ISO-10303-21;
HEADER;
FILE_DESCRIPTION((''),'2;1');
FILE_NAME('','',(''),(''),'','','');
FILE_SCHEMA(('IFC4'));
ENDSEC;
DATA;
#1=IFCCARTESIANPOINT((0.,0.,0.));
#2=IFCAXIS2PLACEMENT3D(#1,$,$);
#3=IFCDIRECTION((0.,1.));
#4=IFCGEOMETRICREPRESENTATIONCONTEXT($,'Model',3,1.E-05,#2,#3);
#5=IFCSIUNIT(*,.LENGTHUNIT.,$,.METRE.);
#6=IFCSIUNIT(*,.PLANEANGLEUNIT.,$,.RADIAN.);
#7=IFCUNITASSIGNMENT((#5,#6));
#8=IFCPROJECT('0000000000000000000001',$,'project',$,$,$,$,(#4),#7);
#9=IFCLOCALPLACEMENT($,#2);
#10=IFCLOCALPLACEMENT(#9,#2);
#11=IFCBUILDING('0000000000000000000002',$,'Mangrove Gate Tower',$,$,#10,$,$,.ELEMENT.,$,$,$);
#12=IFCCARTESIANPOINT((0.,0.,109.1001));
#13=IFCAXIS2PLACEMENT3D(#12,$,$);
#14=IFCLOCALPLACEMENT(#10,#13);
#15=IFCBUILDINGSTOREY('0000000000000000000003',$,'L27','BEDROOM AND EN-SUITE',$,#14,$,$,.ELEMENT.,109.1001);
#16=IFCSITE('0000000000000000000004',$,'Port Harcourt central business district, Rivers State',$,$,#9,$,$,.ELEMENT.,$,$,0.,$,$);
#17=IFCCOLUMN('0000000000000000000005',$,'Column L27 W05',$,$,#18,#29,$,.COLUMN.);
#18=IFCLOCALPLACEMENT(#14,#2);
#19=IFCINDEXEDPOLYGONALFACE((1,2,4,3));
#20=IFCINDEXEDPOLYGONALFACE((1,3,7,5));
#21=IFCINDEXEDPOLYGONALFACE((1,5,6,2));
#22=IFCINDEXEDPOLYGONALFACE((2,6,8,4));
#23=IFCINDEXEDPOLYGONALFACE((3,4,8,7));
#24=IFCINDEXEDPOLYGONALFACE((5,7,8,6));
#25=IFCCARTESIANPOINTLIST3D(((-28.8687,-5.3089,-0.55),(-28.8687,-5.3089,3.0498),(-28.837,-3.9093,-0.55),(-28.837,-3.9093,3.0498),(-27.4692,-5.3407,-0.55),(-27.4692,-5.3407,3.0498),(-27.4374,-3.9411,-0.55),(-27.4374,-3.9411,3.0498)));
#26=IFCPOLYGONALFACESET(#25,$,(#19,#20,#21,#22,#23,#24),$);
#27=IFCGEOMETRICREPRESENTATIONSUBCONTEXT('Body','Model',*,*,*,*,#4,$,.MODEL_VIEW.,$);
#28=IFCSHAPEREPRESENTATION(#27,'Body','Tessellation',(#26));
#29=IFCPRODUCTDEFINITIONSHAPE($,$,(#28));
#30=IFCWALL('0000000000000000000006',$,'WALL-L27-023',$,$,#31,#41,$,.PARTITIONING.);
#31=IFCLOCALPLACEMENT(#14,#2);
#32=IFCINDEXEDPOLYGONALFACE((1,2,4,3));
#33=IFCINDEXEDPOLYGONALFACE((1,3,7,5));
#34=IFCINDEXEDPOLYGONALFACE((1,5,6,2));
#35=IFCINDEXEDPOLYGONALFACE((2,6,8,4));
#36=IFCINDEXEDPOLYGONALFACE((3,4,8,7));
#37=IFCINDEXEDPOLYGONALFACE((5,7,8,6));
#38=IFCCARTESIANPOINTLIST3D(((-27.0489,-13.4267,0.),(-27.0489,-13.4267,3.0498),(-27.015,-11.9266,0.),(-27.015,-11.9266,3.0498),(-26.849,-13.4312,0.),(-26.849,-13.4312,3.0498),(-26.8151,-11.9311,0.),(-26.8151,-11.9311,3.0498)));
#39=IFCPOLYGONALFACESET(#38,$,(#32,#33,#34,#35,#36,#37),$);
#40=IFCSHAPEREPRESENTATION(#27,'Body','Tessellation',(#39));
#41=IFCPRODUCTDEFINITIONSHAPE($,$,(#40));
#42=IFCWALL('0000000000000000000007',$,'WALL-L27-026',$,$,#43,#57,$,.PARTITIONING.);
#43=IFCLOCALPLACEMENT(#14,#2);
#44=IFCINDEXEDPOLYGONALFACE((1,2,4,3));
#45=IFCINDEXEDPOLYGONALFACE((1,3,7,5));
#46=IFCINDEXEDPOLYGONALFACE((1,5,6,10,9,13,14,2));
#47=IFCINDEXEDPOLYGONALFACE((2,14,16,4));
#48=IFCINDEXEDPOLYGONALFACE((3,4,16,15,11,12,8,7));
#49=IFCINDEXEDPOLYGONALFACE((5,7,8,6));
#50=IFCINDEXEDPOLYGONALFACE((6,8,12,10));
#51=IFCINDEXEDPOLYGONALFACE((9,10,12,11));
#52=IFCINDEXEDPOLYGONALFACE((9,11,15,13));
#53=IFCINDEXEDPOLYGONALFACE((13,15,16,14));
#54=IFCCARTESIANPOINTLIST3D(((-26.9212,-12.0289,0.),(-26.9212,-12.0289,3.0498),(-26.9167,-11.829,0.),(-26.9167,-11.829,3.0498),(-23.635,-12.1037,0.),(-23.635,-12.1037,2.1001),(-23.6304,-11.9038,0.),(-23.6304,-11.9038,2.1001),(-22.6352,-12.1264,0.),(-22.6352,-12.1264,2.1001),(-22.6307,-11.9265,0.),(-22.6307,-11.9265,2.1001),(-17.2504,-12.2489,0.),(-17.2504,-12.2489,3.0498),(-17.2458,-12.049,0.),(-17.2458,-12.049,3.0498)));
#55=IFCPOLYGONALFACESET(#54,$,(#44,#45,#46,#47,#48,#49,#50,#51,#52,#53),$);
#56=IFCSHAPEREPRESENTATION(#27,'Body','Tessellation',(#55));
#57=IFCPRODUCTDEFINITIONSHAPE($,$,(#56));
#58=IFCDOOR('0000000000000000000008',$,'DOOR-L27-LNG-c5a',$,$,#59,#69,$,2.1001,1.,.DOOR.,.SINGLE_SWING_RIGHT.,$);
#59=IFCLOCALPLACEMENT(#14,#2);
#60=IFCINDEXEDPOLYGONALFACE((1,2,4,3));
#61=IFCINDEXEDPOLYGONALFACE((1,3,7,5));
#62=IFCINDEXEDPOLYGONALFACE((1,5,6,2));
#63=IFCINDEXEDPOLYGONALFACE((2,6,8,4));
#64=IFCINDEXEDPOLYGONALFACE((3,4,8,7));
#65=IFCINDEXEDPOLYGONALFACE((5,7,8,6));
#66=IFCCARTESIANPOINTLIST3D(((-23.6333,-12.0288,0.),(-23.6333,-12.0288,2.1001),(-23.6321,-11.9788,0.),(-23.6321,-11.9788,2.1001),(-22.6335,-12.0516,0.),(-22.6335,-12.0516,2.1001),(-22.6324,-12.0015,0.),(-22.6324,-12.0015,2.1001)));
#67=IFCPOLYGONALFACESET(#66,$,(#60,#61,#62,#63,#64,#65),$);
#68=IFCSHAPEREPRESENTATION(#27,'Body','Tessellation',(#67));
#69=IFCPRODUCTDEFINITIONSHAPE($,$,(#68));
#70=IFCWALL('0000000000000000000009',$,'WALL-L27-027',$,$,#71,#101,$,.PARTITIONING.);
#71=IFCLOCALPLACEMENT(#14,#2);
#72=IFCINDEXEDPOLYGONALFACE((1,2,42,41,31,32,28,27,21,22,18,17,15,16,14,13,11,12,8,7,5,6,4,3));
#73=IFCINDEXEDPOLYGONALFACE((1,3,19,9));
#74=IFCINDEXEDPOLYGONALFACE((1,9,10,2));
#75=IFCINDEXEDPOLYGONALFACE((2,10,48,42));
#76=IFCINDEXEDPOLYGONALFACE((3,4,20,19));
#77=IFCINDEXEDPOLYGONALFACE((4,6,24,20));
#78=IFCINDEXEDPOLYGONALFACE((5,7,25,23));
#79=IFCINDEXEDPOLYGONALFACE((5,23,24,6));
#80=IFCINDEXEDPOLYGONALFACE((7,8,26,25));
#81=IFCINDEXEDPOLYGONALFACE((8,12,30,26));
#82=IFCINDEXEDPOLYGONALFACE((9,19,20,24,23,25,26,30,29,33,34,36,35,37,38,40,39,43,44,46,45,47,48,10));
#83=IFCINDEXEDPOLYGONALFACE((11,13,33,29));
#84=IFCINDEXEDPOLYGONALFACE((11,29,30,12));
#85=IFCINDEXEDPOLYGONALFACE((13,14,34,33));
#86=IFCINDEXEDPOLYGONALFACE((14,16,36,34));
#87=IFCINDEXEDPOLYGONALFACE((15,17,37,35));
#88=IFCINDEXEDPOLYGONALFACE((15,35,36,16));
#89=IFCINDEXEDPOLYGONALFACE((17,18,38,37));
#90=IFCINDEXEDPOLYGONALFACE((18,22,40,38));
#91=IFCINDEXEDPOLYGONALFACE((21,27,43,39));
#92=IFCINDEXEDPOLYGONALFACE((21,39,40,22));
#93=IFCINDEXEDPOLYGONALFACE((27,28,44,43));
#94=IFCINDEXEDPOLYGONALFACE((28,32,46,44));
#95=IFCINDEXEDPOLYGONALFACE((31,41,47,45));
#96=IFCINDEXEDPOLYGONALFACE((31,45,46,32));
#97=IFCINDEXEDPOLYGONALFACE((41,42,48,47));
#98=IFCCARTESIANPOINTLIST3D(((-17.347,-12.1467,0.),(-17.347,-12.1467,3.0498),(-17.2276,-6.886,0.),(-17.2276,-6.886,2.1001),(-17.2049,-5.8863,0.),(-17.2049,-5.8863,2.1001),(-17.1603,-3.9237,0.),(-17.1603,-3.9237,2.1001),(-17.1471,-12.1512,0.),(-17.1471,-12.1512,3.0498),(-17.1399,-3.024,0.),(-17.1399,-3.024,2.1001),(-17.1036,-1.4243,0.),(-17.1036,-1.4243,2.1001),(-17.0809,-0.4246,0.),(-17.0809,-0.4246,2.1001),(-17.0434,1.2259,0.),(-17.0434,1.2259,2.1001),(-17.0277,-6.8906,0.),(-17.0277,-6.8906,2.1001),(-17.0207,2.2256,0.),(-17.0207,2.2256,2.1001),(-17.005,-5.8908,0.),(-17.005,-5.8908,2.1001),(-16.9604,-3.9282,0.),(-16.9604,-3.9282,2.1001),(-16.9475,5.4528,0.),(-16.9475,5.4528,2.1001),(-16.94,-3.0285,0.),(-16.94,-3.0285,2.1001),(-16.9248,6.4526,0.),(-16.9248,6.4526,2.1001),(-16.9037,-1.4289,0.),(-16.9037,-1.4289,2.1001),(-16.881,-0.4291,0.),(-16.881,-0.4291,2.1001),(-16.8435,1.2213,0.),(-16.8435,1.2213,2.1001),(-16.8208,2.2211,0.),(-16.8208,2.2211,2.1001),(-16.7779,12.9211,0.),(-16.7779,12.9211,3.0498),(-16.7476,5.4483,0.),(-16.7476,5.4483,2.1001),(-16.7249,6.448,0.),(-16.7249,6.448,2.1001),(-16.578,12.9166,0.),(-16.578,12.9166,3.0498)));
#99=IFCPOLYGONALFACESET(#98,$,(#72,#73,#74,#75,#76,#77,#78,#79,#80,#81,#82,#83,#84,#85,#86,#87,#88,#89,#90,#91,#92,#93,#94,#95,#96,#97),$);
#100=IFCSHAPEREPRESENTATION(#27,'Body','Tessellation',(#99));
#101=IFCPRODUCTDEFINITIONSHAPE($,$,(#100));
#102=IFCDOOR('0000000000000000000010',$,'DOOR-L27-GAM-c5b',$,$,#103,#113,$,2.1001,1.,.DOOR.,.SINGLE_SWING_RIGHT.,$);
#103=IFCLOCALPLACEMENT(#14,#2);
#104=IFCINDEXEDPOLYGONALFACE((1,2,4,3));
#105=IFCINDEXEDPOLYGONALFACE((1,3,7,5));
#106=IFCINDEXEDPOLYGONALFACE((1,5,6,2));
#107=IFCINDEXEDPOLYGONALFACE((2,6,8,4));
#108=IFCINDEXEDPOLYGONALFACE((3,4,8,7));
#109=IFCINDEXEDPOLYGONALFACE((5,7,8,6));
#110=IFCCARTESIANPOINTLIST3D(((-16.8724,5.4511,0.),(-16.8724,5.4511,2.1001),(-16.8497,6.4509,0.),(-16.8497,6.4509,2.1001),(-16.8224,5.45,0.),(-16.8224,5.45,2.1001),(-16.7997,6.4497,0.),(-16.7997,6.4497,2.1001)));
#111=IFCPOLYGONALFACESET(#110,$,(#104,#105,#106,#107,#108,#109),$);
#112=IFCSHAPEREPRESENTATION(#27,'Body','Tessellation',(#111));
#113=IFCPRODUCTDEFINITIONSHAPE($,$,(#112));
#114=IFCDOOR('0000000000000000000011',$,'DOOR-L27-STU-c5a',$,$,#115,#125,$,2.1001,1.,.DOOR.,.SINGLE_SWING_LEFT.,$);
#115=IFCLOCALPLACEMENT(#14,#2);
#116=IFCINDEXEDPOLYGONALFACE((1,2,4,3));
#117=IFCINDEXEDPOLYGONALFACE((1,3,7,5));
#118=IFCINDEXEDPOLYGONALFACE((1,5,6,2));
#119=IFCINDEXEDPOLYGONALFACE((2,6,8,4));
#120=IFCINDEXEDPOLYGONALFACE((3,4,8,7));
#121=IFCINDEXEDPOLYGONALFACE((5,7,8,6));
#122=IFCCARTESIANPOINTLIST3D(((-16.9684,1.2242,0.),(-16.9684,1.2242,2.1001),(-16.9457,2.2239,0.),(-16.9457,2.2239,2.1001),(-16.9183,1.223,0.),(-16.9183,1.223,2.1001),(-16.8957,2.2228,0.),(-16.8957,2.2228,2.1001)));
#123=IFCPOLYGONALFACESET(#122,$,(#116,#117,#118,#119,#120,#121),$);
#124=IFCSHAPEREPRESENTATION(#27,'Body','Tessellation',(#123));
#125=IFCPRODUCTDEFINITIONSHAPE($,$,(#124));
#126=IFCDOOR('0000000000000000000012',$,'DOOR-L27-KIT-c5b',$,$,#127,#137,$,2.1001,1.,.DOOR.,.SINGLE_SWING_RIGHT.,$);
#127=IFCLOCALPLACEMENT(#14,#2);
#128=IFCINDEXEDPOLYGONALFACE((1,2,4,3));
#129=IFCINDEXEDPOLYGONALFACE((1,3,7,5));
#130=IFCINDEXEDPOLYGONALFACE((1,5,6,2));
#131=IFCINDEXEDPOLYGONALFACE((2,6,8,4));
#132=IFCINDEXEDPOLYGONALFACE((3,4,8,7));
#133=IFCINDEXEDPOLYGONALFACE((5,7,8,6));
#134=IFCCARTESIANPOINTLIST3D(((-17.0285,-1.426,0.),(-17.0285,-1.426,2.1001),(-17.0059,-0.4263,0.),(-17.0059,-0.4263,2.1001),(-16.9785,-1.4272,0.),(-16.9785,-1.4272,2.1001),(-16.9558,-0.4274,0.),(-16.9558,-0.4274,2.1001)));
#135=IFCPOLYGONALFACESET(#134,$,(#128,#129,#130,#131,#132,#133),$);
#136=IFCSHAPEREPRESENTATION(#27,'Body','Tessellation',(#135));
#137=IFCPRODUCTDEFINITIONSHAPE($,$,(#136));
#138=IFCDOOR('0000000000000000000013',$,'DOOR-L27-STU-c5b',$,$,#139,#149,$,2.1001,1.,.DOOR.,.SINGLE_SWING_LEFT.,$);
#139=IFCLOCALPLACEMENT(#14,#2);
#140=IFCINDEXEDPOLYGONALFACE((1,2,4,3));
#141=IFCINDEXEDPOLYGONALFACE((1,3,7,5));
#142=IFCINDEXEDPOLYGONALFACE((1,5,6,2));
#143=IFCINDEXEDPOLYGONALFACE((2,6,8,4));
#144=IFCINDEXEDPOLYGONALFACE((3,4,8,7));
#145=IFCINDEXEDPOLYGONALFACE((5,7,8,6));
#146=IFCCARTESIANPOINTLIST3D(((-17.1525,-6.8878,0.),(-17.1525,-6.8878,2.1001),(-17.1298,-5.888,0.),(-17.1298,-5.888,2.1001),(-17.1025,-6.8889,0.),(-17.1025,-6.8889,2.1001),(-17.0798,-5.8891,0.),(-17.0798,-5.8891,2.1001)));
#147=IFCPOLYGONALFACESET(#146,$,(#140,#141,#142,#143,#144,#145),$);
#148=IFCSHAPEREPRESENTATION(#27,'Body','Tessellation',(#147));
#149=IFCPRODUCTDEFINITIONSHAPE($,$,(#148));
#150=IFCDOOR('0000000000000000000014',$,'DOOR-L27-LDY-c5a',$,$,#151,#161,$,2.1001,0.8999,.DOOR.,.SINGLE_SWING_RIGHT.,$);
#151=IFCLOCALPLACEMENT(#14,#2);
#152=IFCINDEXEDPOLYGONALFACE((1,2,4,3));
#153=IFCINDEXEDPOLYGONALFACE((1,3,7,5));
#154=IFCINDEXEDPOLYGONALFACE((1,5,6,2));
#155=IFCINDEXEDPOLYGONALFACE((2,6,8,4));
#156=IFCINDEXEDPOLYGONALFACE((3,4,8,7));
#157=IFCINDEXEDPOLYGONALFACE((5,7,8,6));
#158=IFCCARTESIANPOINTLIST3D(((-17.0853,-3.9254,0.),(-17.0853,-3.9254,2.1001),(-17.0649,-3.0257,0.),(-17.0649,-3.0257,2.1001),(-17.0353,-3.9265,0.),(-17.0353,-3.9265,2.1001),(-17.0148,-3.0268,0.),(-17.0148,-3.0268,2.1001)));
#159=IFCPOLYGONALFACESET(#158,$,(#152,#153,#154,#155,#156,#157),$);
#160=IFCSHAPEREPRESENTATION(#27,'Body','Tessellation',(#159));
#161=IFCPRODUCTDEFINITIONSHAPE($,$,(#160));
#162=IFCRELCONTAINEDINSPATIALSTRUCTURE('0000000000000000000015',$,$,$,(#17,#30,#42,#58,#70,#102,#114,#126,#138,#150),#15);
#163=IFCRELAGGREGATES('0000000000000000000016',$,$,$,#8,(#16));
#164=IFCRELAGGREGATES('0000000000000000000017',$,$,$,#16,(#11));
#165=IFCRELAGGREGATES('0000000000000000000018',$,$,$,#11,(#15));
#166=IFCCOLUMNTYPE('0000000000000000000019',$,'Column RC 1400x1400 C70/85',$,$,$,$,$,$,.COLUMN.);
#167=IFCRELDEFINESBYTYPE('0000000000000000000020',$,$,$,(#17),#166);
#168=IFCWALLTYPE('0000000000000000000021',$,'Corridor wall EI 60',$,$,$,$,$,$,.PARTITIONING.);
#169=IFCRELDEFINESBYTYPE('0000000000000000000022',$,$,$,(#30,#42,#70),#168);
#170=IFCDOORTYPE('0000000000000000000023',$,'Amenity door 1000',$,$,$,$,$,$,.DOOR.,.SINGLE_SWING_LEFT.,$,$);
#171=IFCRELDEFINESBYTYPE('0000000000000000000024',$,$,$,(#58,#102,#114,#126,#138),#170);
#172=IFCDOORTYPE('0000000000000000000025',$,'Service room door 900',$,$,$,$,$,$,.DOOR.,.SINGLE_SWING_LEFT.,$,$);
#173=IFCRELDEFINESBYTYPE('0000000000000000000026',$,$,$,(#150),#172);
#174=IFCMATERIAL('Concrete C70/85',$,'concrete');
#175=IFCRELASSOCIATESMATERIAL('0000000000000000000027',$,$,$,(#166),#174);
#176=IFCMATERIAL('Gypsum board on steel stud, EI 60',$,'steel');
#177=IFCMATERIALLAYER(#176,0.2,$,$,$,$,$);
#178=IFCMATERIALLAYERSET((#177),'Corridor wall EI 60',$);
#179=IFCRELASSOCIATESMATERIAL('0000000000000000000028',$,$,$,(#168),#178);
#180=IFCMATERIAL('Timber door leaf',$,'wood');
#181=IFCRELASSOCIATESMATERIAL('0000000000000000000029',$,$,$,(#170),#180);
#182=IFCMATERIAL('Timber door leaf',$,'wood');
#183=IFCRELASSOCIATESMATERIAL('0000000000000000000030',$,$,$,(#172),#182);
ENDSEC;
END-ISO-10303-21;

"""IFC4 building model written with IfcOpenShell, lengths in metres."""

from ifc_helpers import new_model, si_unit, direction, frame, frame_2d, origin, origin_2d, place, context, subcontext, project, spatial, rectangle, extrude, material, layer, layer_set, material_profile, profile_set, type_object, element, fill, save


model = new_model("IFC4")

# Units and contexts
model_context = context("Model", 3, precision=1e-05, world=origin(), true_north=direction((0.0, 1.0)))
body_context = subcontext(model_context, "Body", "Model", "MODEL_VIEW")
ifc_project = project(units=[si_unit("LENGTHUNIT", "METRE"), si_unit("PLANEANGLEUNIT", "RADIAN")], contexts=[model_context])

# Site, building, storey
site_placement = place(None, origin())
site = spatial("IfcSite", under=ifc_project, at=site_placement, Name="Port Harcourt central business district, Rivers State", CompositionType="ELEMENT", RefElevation=0.0)
building_placement = place(site_placement, origin())
building = spatial("IfcBuilding", under=site, at=building_placement, Name="Mangrove Gate Tower", CompositionType="ELEMENT")
storey_placement = place(building_placement, frame((0.0, 0.0, 109.1001)))
storey = spatial("IfcBuildingStorey", under=building, at=storey_placement, Name="L27", Description="BEDROOM AND EN-SUITE", CompositionType="ELEMENT", Elevation=109.1001)

# Column
ifc_material_1 = material(Name="Concrete C70/85", Category="concrete")
ifc_material_profile = material_profile(ifc_material_1, rectangle(XDim=1.3999, YDim=1.3999, at=origin_2d()))
ifc_profile_set = profile_set([ifc_material_profile], Name="Concrete C70/85")
column_type = type_object("IfcColumnType", Name="Column RC 1400x1400 C70/85", PredefinedType="COLUMN", material=ifc_profile_set)
column_placement = place(storey_placement, frame((-28.1531, -4.625, -0.55), z_axis=(0.0, 0.0, 1.0), x_axis=(-0.022696, -0.999742, 0.0)))
element("IfcColumn", 1, at=column_placement, inside=storey, type_object=column_type, Name="Column L27 W05", PredefinedType="COLUMN", context=body_context, shape_type="SweptSolid", body=[
    extrude(rectangle(XDim=1.3999, YDim=1.3999, at=origin_2d()), origin(), (0.0, 0.0, 1.0), 3.5999),
])

# Wall
ifc_material_2 = material(Name="Gypsum board on steel stud, EI 60", Category="steel")
ifc_layer_1 = layer(ifc_material_2, 0.2)
ifc_layer_set_1 = layer_set([ifc_layer_1], Name="Corridor wall EI 60")
wall_type_1 = type_object("IfcWallType", Name="Corridor wall EI 60", PredefinedType="PARTITIONING", material=ifc_layer_set_1)
wall_1_placement = place(storey_placement, frame((-26.949, -13.429, 0.0), z_axis=(0.0, 0.0, 1.0), x_axis=(0.022618, 0.999744, 0.0)))
element("IfcWall", 2, at=wall_1_placement, inside=storey, type_object=wall_type_1, Name="WALL-L27-023", PredefinedType="PARTITIONING", context=body_context, shape_type="SweptSolid", body=[
    extrude(rectangle(XDim=1.5005, YDim=0.2, at=frame_2d((0.7502, 0.0))), origin(), (0.0, 0.0, 1.0), 3.0498),
])

# Wall, opening, door
wall_2_placement = place(storey_placement, frame((-26.9189, -11.929, 0.0), z_axis=(0.0, 0.0, 1.0), x_axis=(0.999741, -0.02274, 0.0)))
wall_2 = element("IfcWall", 3, at=wall_2_placement, inside=storey, type_object=wall_type_1, Name="WALL-L27-026", PredefinedType="PARTITIONING", context=body_context, shape_type="SweptSolid", body=[
    extrude(rectangle(XDim=9.6733, YDim=0.2, at=frame_2d((4.8367, 0.0))), origin(), (0.0, 0.0, 1.0), 3.0498),
])
opening_1_placement = place(wall_2_placement, frame((3.2871, 0.0, 0.0)))
opening_1 = element("IfcOpeningElement", 4, at=opening_1_placement, cuts=wall_2, PredefinedType="OPENING", context=body_context, shape_type="SweptSolid", body=[
    extrude(rectangle(XDim=1.0, YDim=2.1001, at=frame_2d((0.5, 1.05))), frame((0.0, 0.1099, 0.0), z_axis=(0.0, -1.0, 0.0), x_axis=(1.0, 0.0, 0.0)), (0.0, 0.0, 1.0), 0.22),
])
ifc_material_3 = material(Name="Timber door leaf", Category="wood")
door_type_1 = type_object("IfcDoorType", Name="Amenity door 1000", OperationType="SINGLE_SWING_LEFT", PredefinedType="DOOR", material=ifc_material_3)
door_1_placement = place(opening_1_placement, origin())
door_1 = element("IfcDoor", 5, at=door_1_placement, inside=storey, type_object=door_type_1, Name="DOOR-L27-LNG-c5a", OperationType="SINGLE_SWING_RIGHT", OverallHeight=2.1001, OverallWidth=1.0, PredefinedType="DOOR", context=body_context, shape_type="SweptSolid", body=[
    extrude(rectangle(XDim=1.0, YDim=2.1001, at=frame_2d((0.5, 1.05))), frame((0.0, 0.0249, 0.0), z_axis=(0.0, -1.0, 0.0), x_axis=(1.0, 0.0, 0.0)), (0.0, 0.0, 1.0), 0.05),
])
fill(opening_1, door_1)

# Wall, openings, doors
wall_3_placement = place(storey_placement, frame((-17.2471, -12.1489, 0.0), z_axis=(0.0, 0.0, 1.0), x_axis=(0.022696, 0.999742, 0.0)))
wall_3 = element("IfcWall", 6, at=wall_3_placement, inside=storey, type_object=wall_type_1, Name="WALL-L27-027", PredefinedType="PARTITIONING", context=body_context, shape_type="SweptSolid", body=[
    extrude(rectangle(XDim=25.0742, YDim=0.2, at=frame_2d((12.5371, 0.0))), origin(), (0.0, 0.0, 1.0), 3.0498),
])
opening_2_placement = place(wall_3_placement, frame((17.604, 0.0, 0.0)))
opening_2 = element("IfcOpeningElement", 7, at=opening_2_placement, cuts=wall_3, PredefinedType="OPENING", context=body_context, shape_type="SweptSolid", body=[
    extrude(rectangle(XDim=1.0, YDim=2.1001, at=frame_2d((0.5, 1.05))), frame((0.0, 0.1099, 0.0), z_axis=(0.0, -1.0, 0.0), x_axis=(1.0, 0.0, 0.0)), (0.0, 0.0, 1.0), 0.22),
])
opening_3_placement = place(wall_3_placement, frame((13.376, 0.0, 0.0)))
opening_3 = element("IfcOpeningElement", 8, at=opening_3_placement, cuts=wall_3, PredefinedType="OPENING", context=body_context, shape_type="SweptSolid", body=[
    extrude(rectangle(XDim=1.0, YDim=2.1001, at=frame_2d((0.5, 1.05))), frame((0.0, 0.1099, 0.0), z_axis=(0.0, -1.0, 0.0), x_axis=(1.0, 0.0, 0.0)), (0.0, 0.0, 1.0), 0.22),
])
opening_4_placement = place(wall_3_placement, frame((10.7251, 0.0, 0.0)))
opening_4 = element("IfcOpeningElement", 9, at=opening_4_placement, cuts=wall_3, PredefinedType="OPENING", context=body_context, shape_type="SweptSolid", body=[
    extrude(rectangle(XDim=1.0, YDim=2.1001, at=frame_2d((0.5, 1.05))), frame((0.0, 0.1099, 0.0), z_axis=(0.0, -1.0, 0.0), x_axis=(1.0, 0.0, 0.0)), (0.0, 0.0, 1.0), 0.22),
])
opening_5_placement = place(wall_3_placement, frame((8.2251, 0.0, 0.0)))
opening_5 = element("IfcOpeningElement", 10, at=opening_5_placement, cuts=wall_3, PredefinedType="OPENING", context=body_context, shape_type="SweptSolid", body=[
    extrude(rectangle(XDim=0.8999, YDim=2.1001, at=frame_2d((0.45, 1.05))), frame((0.0, 0.1099, 0.0), z_axis=(0.0, -1.0, 0.0), x_axis=(1.0, 0.0, 0.0)), (0.0, 0.0, 1.0), 0.22),
])
opening_6_placement = place(wall_3_placement, frame((5.262, 0.0, 0.0)))
opening_6 = element("IfcOpeningElement", 11, at=opening_6_placement, cuts=wall_3, PredefinedType="OPENING", context=body_context, shape_type="SweptSolid", body=[
    extrude(rectangle(XDim=1.0, YDim=2.1001, at=frame_2d((0.5, 1.05))), frame((0.0, 0.1099, 0.0), z_axis=(0.0, -1.0, 0.0), x_axis=(1.0, 0.0, 0.0)), (0.0, 0.0, 1.0), 0.22),
])
door_2_placement = place(opening_2_placement, origin())
door_2 = element("IfcDoor", 12, at=door_2_placement, inside=storey, type_object=door_type_1, Name="DOOR-L27-GAM-c5b", OperationType="SINGLE_SWING_RIGHT", OverallHeight=2.1001, OverallWidth=1.0, PredefinedType="DOOR", context=body_context, shape_type="SweptSolid", body=[
    extrude(rectangle(XDim=1.0, YDim=2.1001, at=frame_2d((0.5, 1.05))), frame((0.0, 0.0249, 0.0), z_axis=(0.0, -1.0, 0.0), x_axis=(1.0, 0.0, 0.0)), (0.0, 0.0, 1.0), 0.05),
])
fill(opening_2, door_2)
door_3_placement = place(opening_3_placement, origin())
door_3 = element("IfcDoor", 13, at=door_3_placement, inside=storey, type_object=door_type_1, Name="DOOR-L27-STU-c5a", OperationType="SINGLE_SWING_LEFT", OverallHeight=2.1001, OverallWidth=1.0, PredefinedType="DOOR", context=body_context, shape_type="SweptSolid", body=[
    extrude(rectangle(XDim=1.0, YDim=2.1001, at=frame_2d((0.5, 1.05))), frame((0.0, 0.0249, 0.0), z_axis=(0.0, -1.0, 0.0), x_axis=(1.0, 0.0, 0.0)), (0.0, 0.0, 1.0), 0.05),
])
fill(opening_3, door_3)
door_4_placement = place(opening_4_placement, origin())
door_4 = element("IfcDoor", 14, at=door_4_placement, inside=storey, type_object=door_type_1, Name="DOOR-L27-KIT-c5b", OperationType="SINGLE_SWING_RIGHT", OverallHeight=2.1001, OverallWidth=1.0, PredefinedType="DOOR", context=body_context, shape_type="SweptSolid", body=[
    extrude(rectangle(XDim=1.0, YDim=2.1001, at=frame_2d((0.5, 1.05))), frame((0.0, 0.0249, 0.0), z_axis=(0.0, -1.0, 0.0), x_axis=(1.0, 0.0, 0.0)), (0.0, 0.0, 1.0), 0.05),
])
fill(opening_4, door_4)
door_5_placement = place(opening_6_placement, origin())
door_5 = element("IfcDoor", 15, at=door_5_placement, inside=storey, type_object=door_type_1, Name="DOOR-L27-STU-c5b", OperationType="SINGLE_SWING_LEFT", OverallHeight=2.1001, OverallWidth=1.0, PredefinedType="DOOR", context=body_context, shape_type="SweptSolid", body=[
    extrude(rectangle(XDim=1.0, YDim=2.1001, at=frame_2d((0.5, 1.05))), frame((0.0, 0.0249, 0.0), z_axis=(0.0, -1.0, 0.0), x_axis=(1.0, 0.0, 0.0)), (0.0, 0.0, 1.0), 0.05),
])
fill(opening_6, door_5)
ifc_material_4 = material(Name="Timber door leaf", Category="wood")
door_type_2 = type_object("IfcDoorType", Name="Service room door 900", OperationType="SINGLE_SWING_LEFT", PredefinedType="DOOR", material=ifc_material_4)
door_6_placement = place(opening_5_placement, origin())
door_6 = element("IfcDoor", 16, at=door_6_placement, inside=storey, type_object=door_type_2, Name="DOOR-L27-LDY-c5a", OperationType="SINGLE_SWING_RIGHT", OverallHeight=2.1001, OverallWidth=0.8999, PredefinedType="DOOR", context=body_context, shape_type="SweptSolid", body=[
    extrude(rectangle(XDim=0.8999, YDim=2.1001, at=frame_2d((0.45, 1.05))), frame((0.0, 0.0249, 0.0), z_axis=(0.0, -1.0, 0.0), x_axis=(1.0, 0.0, 0.0)), (0.0, 0.0, 1.0), 0.05),
])
fill(opening_5, door_6)

save(model, "model.ifc")
